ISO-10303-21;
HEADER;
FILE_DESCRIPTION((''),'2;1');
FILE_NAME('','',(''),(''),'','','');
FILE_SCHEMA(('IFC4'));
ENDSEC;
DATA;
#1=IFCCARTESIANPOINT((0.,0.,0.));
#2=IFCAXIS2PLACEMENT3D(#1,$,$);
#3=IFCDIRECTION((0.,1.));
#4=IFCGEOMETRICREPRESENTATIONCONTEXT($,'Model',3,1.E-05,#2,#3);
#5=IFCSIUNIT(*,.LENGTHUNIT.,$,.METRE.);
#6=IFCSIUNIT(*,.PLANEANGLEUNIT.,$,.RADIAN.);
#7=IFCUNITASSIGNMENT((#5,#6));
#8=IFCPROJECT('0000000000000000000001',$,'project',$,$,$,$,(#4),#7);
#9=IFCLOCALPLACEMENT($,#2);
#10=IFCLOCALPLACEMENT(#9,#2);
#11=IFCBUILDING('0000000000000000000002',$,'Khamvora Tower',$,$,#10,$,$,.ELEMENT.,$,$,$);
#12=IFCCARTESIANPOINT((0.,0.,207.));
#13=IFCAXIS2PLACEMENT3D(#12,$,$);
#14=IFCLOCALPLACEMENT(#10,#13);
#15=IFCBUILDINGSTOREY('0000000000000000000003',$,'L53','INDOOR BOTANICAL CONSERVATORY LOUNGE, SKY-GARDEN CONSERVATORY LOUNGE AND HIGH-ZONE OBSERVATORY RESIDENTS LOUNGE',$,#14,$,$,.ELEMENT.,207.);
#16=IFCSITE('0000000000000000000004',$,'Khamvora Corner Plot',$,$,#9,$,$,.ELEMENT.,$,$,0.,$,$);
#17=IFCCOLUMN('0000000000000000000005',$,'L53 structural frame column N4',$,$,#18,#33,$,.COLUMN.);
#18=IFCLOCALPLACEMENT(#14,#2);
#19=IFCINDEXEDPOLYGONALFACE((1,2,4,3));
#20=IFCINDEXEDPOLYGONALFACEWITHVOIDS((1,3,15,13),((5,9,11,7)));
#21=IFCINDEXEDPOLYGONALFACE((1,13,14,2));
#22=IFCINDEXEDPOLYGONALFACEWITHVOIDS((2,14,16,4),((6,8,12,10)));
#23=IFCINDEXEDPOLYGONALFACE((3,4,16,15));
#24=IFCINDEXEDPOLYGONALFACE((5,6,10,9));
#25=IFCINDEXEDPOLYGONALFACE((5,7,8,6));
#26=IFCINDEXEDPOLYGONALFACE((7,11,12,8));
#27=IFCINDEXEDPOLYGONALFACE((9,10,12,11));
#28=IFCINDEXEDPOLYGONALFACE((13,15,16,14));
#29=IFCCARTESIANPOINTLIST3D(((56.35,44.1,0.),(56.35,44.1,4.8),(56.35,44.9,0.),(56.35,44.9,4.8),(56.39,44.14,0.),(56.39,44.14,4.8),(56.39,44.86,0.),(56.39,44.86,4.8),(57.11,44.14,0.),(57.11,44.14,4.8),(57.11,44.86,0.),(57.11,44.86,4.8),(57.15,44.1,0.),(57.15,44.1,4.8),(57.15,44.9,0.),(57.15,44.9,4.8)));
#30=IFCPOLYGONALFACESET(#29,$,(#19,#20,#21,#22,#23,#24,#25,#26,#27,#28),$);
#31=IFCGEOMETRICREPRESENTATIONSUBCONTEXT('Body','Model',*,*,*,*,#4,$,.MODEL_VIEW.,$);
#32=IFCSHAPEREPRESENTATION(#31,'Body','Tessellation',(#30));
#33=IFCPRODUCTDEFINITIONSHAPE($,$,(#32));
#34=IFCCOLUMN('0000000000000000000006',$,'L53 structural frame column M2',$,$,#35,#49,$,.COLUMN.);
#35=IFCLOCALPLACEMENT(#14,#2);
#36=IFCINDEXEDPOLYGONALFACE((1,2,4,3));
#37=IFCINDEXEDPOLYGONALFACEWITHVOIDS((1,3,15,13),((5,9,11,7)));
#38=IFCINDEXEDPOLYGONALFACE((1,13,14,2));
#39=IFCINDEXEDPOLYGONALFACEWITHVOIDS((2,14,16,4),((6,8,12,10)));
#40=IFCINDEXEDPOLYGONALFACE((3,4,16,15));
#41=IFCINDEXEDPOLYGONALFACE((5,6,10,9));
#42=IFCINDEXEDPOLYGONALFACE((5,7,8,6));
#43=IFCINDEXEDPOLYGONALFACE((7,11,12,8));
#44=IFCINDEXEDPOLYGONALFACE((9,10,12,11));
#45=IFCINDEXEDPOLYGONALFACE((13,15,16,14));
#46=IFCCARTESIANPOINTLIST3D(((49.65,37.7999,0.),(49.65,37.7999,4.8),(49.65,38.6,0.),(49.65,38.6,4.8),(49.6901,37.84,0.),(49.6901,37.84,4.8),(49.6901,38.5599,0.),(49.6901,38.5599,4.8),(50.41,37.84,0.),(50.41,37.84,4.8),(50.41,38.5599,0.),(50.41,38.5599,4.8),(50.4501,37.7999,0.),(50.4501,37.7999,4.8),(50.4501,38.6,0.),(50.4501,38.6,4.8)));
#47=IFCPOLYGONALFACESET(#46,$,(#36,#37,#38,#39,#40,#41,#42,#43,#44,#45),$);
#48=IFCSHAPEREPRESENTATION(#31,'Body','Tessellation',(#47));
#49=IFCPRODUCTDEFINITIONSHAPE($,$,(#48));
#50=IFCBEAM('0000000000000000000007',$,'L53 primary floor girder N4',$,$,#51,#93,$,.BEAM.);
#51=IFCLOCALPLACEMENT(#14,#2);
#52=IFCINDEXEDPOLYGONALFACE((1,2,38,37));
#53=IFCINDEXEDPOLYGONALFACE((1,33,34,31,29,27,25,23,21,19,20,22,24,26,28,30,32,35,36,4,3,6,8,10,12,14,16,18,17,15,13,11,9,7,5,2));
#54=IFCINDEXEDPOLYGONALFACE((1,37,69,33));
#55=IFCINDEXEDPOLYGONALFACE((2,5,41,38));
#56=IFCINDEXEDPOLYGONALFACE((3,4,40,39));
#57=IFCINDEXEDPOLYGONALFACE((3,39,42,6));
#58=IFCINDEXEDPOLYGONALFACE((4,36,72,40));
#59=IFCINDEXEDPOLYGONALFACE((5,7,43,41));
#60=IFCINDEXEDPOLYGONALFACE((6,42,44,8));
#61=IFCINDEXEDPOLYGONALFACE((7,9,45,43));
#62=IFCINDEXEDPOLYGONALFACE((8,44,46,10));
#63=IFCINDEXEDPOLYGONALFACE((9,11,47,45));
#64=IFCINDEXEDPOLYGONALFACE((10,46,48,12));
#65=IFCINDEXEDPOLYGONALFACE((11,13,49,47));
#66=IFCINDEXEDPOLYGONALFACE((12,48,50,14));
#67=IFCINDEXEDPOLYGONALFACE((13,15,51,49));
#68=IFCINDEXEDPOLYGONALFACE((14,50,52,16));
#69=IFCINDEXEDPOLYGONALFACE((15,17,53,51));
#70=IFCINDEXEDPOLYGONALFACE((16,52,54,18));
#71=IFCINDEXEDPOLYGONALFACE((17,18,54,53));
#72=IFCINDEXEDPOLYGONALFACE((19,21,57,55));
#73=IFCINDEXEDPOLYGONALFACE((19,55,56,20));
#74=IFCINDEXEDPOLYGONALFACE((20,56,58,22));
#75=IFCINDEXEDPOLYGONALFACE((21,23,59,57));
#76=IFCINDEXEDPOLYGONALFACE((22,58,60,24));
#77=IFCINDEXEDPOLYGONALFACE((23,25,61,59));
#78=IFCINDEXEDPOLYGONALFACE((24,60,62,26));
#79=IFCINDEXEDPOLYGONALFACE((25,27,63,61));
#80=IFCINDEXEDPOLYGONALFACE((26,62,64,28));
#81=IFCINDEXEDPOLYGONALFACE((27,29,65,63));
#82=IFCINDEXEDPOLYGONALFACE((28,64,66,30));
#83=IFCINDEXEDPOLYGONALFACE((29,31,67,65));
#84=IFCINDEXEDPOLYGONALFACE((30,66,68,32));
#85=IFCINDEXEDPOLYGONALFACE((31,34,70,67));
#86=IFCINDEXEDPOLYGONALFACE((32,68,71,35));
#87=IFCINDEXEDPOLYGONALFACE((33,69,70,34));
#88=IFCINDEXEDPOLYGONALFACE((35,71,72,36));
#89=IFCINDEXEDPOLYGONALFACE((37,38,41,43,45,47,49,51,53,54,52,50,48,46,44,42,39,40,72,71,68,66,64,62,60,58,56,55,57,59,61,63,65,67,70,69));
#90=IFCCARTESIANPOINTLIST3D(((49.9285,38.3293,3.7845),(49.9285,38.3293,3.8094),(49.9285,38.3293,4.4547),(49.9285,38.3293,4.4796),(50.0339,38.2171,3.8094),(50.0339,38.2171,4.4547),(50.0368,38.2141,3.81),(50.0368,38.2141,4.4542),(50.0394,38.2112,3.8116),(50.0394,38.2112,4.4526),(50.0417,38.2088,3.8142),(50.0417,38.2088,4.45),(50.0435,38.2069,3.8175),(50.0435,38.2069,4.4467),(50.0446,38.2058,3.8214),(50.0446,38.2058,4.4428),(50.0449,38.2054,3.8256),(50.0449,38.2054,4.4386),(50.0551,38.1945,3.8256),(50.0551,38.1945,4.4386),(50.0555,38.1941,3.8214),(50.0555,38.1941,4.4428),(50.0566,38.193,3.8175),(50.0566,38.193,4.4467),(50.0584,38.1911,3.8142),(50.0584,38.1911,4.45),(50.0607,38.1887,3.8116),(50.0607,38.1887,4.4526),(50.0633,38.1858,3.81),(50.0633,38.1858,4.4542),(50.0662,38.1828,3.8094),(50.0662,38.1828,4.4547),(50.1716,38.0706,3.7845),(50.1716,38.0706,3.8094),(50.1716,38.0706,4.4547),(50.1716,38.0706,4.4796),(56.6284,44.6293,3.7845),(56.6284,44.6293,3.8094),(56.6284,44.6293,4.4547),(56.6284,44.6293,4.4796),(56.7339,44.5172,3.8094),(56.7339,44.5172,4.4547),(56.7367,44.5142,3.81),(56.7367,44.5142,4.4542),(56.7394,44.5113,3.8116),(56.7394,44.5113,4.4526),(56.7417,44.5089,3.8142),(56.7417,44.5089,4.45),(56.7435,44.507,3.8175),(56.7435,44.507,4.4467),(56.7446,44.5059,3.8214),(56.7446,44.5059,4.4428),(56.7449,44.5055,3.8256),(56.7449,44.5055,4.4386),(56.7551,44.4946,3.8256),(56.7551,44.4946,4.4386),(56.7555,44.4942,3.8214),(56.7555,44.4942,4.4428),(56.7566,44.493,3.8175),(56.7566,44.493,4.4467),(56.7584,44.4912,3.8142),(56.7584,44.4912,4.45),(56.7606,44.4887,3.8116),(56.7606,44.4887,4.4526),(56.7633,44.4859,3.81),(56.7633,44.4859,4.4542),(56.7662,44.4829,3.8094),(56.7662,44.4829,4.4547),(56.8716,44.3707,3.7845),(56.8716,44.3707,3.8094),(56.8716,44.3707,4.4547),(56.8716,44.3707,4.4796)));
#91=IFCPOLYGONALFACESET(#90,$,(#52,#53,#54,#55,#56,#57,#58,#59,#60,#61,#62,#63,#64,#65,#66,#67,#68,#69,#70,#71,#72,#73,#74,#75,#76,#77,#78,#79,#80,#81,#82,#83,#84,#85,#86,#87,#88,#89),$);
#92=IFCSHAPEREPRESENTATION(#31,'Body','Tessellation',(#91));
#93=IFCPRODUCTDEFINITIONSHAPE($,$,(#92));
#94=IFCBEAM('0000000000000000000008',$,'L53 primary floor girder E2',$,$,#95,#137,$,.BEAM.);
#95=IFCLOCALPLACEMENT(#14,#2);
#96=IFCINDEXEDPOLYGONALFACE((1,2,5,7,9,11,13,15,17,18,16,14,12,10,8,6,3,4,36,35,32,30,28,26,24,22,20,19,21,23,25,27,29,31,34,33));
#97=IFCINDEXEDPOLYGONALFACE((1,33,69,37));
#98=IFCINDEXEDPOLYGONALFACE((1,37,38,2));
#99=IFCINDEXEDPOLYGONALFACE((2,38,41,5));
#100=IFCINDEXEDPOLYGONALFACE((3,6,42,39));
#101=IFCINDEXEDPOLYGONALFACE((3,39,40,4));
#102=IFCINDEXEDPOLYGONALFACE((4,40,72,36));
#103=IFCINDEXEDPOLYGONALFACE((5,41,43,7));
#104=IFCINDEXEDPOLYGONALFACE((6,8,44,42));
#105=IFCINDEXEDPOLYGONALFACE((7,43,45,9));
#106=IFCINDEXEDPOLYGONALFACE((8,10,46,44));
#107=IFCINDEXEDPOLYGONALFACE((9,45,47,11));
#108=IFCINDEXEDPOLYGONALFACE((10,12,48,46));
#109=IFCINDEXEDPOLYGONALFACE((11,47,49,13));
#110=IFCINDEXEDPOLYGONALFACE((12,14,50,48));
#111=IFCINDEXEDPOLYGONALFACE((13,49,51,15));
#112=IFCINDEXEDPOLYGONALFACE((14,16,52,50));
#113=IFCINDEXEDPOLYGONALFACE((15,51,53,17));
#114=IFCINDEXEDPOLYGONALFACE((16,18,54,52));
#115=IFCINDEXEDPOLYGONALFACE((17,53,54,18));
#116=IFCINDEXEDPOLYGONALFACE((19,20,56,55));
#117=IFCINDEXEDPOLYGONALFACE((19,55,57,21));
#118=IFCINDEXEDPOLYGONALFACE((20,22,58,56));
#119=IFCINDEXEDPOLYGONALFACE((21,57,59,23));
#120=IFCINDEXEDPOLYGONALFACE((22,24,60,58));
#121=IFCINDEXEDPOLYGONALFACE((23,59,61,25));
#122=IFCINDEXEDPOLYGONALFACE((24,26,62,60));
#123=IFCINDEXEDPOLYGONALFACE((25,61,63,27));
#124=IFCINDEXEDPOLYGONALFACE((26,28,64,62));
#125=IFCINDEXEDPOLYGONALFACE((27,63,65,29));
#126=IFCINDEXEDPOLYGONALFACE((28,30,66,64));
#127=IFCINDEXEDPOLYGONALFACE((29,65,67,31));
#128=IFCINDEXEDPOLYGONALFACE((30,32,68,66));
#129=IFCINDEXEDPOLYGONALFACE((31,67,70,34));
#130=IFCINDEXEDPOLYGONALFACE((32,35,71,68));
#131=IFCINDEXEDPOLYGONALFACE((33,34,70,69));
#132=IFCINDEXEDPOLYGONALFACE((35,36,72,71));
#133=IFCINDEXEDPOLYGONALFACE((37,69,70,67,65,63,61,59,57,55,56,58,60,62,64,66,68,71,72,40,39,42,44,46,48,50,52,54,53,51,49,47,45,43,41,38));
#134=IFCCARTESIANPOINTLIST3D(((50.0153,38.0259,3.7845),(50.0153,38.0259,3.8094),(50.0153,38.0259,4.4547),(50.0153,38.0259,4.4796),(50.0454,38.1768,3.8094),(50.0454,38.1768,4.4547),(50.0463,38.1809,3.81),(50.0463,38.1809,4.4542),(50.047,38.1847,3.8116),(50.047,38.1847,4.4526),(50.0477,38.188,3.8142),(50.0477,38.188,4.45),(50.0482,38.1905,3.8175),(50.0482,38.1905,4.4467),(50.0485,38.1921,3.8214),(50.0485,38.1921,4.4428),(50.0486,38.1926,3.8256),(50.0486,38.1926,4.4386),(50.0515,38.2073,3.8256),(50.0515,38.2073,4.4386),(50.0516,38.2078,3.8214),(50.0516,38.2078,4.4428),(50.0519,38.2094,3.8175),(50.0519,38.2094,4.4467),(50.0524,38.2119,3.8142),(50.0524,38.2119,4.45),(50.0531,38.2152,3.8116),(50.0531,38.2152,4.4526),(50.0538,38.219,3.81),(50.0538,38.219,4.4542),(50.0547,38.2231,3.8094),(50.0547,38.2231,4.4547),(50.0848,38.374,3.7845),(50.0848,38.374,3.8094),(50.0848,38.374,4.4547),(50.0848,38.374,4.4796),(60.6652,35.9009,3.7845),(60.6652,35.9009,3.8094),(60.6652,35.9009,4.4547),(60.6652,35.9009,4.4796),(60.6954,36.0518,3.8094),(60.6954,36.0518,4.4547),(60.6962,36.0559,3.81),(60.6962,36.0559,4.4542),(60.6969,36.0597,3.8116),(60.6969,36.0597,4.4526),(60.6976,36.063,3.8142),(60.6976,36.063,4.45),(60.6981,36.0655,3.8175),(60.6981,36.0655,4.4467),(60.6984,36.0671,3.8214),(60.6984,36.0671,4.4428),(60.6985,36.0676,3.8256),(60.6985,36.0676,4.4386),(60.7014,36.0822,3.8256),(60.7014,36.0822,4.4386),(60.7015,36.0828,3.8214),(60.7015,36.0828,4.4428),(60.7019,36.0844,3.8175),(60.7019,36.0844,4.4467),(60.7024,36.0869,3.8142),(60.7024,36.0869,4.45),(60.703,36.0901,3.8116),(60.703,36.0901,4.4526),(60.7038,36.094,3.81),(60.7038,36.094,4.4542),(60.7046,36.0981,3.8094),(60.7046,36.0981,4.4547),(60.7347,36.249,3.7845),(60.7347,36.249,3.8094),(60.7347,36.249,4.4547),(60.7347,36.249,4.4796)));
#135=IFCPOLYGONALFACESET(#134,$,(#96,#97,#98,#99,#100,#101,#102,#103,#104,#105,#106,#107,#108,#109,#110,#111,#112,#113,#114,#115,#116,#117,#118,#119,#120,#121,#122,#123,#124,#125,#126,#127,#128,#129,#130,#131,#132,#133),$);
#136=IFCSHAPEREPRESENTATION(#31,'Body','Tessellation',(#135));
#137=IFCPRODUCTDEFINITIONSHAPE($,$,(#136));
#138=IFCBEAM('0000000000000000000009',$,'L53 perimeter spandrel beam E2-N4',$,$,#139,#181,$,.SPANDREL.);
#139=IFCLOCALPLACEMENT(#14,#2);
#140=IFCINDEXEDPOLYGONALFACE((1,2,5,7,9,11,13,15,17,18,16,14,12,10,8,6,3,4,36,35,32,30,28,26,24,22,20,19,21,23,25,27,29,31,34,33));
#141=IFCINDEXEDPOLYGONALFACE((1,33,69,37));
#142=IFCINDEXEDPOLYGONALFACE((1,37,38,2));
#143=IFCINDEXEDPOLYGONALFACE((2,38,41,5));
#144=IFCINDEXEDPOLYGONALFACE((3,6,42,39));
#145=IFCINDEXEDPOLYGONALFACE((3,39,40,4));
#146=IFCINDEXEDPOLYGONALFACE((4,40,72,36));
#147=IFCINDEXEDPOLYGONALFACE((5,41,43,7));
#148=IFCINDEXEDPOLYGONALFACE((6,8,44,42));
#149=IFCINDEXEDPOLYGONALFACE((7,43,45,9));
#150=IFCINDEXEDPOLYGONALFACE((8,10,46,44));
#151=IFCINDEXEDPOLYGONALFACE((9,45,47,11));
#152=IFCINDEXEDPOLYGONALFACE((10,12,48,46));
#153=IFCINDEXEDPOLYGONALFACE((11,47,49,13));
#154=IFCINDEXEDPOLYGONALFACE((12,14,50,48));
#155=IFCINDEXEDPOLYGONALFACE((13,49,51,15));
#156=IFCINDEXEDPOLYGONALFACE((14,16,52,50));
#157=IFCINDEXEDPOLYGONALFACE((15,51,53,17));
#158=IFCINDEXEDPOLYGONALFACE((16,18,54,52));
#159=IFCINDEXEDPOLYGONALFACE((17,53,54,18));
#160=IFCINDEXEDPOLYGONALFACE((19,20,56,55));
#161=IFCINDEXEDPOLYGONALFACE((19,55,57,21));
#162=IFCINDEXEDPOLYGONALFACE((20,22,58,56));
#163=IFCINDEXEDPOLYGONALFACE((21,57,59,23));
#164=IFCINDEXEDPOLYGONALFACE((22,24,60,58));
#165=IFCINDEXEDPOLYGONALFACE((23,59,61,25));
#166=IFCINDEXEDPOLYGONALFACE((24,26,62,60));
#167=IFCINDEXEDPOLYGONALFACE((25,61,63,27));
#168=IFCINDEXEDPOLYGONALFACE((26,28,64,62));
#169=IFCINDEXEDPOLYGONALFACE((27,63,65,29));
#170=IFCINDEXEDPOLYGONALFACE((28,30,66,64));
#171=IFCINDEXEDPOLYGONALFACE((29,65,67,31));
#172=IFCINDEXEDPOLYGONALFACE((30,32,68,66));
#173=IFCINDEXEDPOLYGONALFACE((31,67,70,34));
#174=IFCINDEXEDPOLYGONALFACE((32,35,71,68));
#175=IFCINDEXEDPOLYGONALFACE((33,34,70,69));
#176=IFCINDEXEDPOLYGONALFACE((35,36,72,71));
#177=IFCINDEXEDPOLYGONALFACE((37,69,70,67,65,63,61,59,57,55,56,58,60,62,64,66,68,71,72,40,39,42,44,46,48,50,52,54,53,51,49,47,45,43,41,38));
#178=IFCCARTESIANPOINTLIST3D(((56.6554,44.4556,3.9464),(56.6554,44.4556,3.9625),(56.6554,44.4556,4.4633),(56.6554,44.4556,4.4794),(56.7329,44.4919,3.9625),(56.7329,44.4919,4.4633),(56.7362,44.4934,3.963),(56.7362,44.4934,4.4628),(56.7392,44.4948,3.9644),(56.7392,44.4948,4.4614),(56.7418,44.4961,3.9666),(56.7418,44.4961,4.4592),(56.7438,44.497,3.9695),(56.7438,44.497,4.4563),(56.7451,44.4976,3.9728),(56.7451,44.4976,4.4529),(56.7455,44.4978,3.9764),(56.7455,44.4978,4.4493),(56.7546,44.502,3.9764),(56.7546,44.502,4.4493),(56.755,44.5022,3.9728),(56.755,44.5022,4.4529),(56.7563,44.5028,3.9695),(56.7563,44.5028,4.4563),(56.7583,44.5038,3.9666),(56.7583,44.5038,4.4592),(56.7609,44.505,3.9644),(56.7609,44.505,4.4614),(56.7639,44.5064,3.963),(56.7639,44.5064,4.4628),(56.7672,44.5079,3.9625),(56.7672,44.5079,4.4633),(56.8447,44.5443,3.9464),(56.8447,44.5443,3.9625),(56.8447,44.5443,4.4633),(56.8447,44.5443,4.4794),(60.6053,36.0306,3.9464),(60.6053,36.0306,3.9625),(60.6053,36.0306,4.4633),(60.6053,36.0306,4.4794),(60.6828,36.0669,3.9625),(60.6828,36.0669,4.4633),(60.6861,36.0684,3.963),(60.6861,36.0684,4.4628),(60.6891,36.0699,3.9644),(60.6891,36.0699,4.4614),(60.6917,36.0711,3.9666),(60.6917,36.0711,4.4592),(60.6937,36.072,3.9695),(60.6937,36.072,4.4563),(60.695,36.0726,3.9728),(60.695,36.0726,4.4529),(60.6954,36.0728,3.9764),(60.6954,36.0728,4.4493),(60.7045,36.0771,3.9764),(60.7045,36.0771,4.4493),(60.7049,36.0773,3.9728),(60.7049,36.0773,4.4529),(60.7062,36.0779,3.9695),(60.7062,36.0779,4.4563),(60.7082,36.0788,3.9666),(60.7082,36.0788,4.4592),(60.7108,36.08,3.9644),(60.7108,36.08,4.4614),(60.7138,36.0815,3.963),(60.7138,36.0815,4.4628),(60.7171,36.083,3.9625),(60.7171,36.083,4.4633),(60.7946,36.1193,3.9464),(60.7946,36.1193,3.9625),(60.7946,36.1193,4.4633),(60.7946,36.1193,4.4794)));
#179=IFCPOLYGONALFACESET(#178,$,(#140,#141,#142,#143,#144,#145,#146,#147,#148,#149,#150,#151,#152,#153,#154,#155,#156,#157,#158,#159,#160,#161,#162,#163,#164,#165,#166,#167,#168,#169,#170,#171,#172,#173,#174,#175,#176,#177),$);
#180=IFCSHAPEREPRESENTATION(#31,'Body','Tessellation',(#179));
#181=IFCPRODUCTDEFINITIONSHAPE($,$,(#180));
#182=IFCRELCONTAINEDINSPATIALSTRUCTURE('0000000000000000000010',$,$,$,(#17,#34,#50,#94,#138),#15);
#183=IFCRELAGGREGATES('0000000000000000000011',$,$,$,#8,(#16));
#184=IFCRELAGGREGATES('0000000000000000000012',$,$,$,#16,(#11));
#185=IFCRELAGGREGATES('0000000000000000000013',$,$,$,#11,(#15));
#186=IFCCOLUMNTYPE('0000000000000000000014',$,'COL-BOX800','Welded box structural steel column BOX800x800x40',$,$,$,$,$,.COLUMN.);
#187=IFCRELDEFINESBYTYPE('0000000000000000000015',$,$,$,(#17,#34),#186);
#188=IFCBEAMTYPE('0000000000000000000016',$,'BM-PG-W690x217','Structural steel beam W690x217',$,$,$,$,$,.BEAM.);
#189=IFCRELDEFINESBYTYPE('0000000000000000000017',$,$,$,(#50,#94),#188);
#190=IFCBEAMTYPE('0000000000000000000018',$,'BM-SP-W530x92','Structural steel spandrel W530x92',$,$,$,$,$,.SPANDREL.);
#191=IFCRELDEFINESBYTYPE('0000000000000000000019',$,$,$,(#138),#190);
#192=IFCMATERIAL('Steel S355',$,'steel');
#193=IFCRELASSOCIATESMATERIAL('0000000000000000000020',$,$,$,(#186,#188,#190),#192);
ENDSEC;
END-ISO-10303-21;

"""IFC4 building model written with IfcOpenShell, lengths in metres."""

from ifc_helpers import new_model, si_unit, direction, frame, origin, origin_2d, place, context, subcontext, project, spatial, hollow_rectangle, i_section, extrude, material, material_profile, profile_set, type_object, element, save


model = new_model("IFC4")

# Units and contexts
model_context = context("Model", 3, precision=1e-05, world=origin(), true_north=direction((0.0, 1.0)))
body_context = subcontext(model_context, "Body", "Model", "MODEL_VIEW")
ifc_project = project(units=[si_unit("LENGTHUNIT", "METRE"), si_unit("PLANEANGLEUNIT", "RADIAN")], contexts=[model_context])

# Site, building, storey
site_placement = place(None, origin())
site = spatial("IfcSite", under=ifc_project, at=site_placement, Name="Khamvora Corner Plot", CompositionType="ELEMENT", RefElevation=0.0)
building_placement = place(site_placement, origin())
building = spatial("IfcBuilding", under=site, at=building_placement, Name="Khamvora Tower", CompositionType="ELEMENT")
storey_placement = place(building_placement, frame((0.0, 0.0, 207.0)))
storey = spatial("IfcBuildingStorey", under=building, at=storey_placement, Name="L53", Description="INDOOR BOTANICAL CONSERVATORY LOUNGE, SKY-GARDEN CONSERVATORY LOUNGE AND HIGH-ZONE OBSERVATORY RESIDENTS LOUNGE", CompositionType="ELEMENT", Elevation=207.0)

# Columns
ifc_material_1 = material(Name="Steel S355", Category="steel")
ifc_material_profile_1 = material_profile(ifc_material_1, hollow_rectangle(XDim=0.8, YDim=0.8, WallThickness=0.04, at=origin_2d()), Name="BOX800x800x40")
ifc_profile_set_1 = profile_set([ifc_material_profile_1], Name="Steel S355")
column_type = type_object("IfcColumnType", Name="COL-BOX800", Description="Welded box structural steel column BOX800x800x40", PredefinedType="COLUMN", material=ifc_profile_set_1)
for number, where, z_axis, x_axis, name in (
    (1, (56.75, 44.5, 0.0), (0.0, 0.0, 1.0), (1.0, 0.0, 0.0), "L53 structural frame column N4"),
    (2, (50.05, 38.2, 0.0), (0.0, 0.0, 1.0), (1.0, 0.0, 0.0), "L53 structural frame column M2"),
):
    element("IfcColumn", number, at=place(storey_placement, frame(where, z_axis=z_axis, x_axis=x_axis)), inside=storey, type_object=column_type, Name=name, PredefinedType="COLUMN", context=body_context, shape_type="SweptSolid", body=[
        extrude(hollow_rectangle(XDim=0.8, YDim=0.8, WallThickness=0.04, at=origin_2d()), origin(), (0.0, 0.0, 1.0), 4.8),
    ])

# Beams
ifc_material_profile_2 = material_profile(ifc_material_1, i_section(OverallWidth=0.355, OverallDepth=0.6951, WebThickness=0.0149, FlangeThickness=0.0249, FilletRadius=0.0161, at=origin_2d()), Name="W690x217")
ifc_profile_set_2 = profile_set([ifc_material_profile_2], Name="Steel S355")
beam_type_1 = type_object("IfcBeamType", Name="BM-PG-W690x217", Description="Structural steel beam W690x217", PredefinedType="BEAM", material=ifc_profile_set_2)
beam_1_placement = place(storey_placement, frame((50.05, 38.2, 4.1321), z_axis=(0.728514, 0.685031, 0.0), x_axis=(-0.685031, 0.728514, 0.0)))
element("IfcBeam", 3, at=beam_1_placement, inside=storey, type_object=beam_type_1, Name="L53 primary floor girder N4", PredefinedType="BEAM", context=body_context, shape_type="SweptSolid", body=[
    extrude(i_section(OverallWidth=0.355, OverallDepth=0.6951, WebThickness=0.0149, FlangeThickness=0.0249, FilletRadius=0.0161, at=origin_2d()), origin(), (0.0, 0.0, 1.0), 9.1968),
])
beam_2_placement = place(storey_placement, frame((50.05, 38.2, 4.1321), z_axis=(0.980669, -0.195675, 0.0), x_axis=(0.195675, 0.980669, 0.0)))
element("IfcBeam", 4, at=beam_2_placement, inside=storey, type_object=beam_type_1, Name="L53 primary floor girder E2", PredefinedType="BEAM", context=body_context, shape_type="SweptSolid", body=[
    extrude(i_section(OverallWidth=0.355, OverallDepth=0.6951, WebThickness=0.0149, FlangeThickness=0.0249, FilletRadius=0.0161, at=origin_2d()), origin(), (0.0, 0.0, 1.0), 10.8599),
])
ifc_material_profile_3 = material_profile(ifc_material_1, i_section(OverallWidth=0.209, OverallDepth=0.533, WebThickness=0.01, FlangeThickness=0.0161, FilletRadius=0.0139, at=origin_2d()), Name="W530x92")
ifc_profile_set_3 = profile_set([ifc_material_profile_3], Name="Steel S355")
beam_type_2 = type_object("IfcBeamType", Name="BM-SP-W530x92", Description="Structural steel spandrel W530x92", PredefinedType="SPANDREL", material=ifc_profile_set_3)
beam_3_placement = place(storey_placement, frame((60.7, 36.075, 4.2129), z_axis=(-0.424496, 0.90543, 0.0), x_axis=(-0.90543, -0.424496, 0.0)))
element("IfcBeam", 5, at=beam_3_placement, inside=storey, type_object=beam_type_2, Name="L53 perimeter spandrel beam E2-N4", PredefinedType="SPANDREL", context=body_context, shape_type="SweptSolid", body=[
    extrude(i_section(OverallWidth=0.209, OverallDepth=0.533, WebThickness=0.01, FlangeThickness=0.0161, FilletRadius=0.0139, at=origin_2d()), origin(), (0.0, 0.0, 1.0), 9.3049),
])

save(model, "model.ifc")
